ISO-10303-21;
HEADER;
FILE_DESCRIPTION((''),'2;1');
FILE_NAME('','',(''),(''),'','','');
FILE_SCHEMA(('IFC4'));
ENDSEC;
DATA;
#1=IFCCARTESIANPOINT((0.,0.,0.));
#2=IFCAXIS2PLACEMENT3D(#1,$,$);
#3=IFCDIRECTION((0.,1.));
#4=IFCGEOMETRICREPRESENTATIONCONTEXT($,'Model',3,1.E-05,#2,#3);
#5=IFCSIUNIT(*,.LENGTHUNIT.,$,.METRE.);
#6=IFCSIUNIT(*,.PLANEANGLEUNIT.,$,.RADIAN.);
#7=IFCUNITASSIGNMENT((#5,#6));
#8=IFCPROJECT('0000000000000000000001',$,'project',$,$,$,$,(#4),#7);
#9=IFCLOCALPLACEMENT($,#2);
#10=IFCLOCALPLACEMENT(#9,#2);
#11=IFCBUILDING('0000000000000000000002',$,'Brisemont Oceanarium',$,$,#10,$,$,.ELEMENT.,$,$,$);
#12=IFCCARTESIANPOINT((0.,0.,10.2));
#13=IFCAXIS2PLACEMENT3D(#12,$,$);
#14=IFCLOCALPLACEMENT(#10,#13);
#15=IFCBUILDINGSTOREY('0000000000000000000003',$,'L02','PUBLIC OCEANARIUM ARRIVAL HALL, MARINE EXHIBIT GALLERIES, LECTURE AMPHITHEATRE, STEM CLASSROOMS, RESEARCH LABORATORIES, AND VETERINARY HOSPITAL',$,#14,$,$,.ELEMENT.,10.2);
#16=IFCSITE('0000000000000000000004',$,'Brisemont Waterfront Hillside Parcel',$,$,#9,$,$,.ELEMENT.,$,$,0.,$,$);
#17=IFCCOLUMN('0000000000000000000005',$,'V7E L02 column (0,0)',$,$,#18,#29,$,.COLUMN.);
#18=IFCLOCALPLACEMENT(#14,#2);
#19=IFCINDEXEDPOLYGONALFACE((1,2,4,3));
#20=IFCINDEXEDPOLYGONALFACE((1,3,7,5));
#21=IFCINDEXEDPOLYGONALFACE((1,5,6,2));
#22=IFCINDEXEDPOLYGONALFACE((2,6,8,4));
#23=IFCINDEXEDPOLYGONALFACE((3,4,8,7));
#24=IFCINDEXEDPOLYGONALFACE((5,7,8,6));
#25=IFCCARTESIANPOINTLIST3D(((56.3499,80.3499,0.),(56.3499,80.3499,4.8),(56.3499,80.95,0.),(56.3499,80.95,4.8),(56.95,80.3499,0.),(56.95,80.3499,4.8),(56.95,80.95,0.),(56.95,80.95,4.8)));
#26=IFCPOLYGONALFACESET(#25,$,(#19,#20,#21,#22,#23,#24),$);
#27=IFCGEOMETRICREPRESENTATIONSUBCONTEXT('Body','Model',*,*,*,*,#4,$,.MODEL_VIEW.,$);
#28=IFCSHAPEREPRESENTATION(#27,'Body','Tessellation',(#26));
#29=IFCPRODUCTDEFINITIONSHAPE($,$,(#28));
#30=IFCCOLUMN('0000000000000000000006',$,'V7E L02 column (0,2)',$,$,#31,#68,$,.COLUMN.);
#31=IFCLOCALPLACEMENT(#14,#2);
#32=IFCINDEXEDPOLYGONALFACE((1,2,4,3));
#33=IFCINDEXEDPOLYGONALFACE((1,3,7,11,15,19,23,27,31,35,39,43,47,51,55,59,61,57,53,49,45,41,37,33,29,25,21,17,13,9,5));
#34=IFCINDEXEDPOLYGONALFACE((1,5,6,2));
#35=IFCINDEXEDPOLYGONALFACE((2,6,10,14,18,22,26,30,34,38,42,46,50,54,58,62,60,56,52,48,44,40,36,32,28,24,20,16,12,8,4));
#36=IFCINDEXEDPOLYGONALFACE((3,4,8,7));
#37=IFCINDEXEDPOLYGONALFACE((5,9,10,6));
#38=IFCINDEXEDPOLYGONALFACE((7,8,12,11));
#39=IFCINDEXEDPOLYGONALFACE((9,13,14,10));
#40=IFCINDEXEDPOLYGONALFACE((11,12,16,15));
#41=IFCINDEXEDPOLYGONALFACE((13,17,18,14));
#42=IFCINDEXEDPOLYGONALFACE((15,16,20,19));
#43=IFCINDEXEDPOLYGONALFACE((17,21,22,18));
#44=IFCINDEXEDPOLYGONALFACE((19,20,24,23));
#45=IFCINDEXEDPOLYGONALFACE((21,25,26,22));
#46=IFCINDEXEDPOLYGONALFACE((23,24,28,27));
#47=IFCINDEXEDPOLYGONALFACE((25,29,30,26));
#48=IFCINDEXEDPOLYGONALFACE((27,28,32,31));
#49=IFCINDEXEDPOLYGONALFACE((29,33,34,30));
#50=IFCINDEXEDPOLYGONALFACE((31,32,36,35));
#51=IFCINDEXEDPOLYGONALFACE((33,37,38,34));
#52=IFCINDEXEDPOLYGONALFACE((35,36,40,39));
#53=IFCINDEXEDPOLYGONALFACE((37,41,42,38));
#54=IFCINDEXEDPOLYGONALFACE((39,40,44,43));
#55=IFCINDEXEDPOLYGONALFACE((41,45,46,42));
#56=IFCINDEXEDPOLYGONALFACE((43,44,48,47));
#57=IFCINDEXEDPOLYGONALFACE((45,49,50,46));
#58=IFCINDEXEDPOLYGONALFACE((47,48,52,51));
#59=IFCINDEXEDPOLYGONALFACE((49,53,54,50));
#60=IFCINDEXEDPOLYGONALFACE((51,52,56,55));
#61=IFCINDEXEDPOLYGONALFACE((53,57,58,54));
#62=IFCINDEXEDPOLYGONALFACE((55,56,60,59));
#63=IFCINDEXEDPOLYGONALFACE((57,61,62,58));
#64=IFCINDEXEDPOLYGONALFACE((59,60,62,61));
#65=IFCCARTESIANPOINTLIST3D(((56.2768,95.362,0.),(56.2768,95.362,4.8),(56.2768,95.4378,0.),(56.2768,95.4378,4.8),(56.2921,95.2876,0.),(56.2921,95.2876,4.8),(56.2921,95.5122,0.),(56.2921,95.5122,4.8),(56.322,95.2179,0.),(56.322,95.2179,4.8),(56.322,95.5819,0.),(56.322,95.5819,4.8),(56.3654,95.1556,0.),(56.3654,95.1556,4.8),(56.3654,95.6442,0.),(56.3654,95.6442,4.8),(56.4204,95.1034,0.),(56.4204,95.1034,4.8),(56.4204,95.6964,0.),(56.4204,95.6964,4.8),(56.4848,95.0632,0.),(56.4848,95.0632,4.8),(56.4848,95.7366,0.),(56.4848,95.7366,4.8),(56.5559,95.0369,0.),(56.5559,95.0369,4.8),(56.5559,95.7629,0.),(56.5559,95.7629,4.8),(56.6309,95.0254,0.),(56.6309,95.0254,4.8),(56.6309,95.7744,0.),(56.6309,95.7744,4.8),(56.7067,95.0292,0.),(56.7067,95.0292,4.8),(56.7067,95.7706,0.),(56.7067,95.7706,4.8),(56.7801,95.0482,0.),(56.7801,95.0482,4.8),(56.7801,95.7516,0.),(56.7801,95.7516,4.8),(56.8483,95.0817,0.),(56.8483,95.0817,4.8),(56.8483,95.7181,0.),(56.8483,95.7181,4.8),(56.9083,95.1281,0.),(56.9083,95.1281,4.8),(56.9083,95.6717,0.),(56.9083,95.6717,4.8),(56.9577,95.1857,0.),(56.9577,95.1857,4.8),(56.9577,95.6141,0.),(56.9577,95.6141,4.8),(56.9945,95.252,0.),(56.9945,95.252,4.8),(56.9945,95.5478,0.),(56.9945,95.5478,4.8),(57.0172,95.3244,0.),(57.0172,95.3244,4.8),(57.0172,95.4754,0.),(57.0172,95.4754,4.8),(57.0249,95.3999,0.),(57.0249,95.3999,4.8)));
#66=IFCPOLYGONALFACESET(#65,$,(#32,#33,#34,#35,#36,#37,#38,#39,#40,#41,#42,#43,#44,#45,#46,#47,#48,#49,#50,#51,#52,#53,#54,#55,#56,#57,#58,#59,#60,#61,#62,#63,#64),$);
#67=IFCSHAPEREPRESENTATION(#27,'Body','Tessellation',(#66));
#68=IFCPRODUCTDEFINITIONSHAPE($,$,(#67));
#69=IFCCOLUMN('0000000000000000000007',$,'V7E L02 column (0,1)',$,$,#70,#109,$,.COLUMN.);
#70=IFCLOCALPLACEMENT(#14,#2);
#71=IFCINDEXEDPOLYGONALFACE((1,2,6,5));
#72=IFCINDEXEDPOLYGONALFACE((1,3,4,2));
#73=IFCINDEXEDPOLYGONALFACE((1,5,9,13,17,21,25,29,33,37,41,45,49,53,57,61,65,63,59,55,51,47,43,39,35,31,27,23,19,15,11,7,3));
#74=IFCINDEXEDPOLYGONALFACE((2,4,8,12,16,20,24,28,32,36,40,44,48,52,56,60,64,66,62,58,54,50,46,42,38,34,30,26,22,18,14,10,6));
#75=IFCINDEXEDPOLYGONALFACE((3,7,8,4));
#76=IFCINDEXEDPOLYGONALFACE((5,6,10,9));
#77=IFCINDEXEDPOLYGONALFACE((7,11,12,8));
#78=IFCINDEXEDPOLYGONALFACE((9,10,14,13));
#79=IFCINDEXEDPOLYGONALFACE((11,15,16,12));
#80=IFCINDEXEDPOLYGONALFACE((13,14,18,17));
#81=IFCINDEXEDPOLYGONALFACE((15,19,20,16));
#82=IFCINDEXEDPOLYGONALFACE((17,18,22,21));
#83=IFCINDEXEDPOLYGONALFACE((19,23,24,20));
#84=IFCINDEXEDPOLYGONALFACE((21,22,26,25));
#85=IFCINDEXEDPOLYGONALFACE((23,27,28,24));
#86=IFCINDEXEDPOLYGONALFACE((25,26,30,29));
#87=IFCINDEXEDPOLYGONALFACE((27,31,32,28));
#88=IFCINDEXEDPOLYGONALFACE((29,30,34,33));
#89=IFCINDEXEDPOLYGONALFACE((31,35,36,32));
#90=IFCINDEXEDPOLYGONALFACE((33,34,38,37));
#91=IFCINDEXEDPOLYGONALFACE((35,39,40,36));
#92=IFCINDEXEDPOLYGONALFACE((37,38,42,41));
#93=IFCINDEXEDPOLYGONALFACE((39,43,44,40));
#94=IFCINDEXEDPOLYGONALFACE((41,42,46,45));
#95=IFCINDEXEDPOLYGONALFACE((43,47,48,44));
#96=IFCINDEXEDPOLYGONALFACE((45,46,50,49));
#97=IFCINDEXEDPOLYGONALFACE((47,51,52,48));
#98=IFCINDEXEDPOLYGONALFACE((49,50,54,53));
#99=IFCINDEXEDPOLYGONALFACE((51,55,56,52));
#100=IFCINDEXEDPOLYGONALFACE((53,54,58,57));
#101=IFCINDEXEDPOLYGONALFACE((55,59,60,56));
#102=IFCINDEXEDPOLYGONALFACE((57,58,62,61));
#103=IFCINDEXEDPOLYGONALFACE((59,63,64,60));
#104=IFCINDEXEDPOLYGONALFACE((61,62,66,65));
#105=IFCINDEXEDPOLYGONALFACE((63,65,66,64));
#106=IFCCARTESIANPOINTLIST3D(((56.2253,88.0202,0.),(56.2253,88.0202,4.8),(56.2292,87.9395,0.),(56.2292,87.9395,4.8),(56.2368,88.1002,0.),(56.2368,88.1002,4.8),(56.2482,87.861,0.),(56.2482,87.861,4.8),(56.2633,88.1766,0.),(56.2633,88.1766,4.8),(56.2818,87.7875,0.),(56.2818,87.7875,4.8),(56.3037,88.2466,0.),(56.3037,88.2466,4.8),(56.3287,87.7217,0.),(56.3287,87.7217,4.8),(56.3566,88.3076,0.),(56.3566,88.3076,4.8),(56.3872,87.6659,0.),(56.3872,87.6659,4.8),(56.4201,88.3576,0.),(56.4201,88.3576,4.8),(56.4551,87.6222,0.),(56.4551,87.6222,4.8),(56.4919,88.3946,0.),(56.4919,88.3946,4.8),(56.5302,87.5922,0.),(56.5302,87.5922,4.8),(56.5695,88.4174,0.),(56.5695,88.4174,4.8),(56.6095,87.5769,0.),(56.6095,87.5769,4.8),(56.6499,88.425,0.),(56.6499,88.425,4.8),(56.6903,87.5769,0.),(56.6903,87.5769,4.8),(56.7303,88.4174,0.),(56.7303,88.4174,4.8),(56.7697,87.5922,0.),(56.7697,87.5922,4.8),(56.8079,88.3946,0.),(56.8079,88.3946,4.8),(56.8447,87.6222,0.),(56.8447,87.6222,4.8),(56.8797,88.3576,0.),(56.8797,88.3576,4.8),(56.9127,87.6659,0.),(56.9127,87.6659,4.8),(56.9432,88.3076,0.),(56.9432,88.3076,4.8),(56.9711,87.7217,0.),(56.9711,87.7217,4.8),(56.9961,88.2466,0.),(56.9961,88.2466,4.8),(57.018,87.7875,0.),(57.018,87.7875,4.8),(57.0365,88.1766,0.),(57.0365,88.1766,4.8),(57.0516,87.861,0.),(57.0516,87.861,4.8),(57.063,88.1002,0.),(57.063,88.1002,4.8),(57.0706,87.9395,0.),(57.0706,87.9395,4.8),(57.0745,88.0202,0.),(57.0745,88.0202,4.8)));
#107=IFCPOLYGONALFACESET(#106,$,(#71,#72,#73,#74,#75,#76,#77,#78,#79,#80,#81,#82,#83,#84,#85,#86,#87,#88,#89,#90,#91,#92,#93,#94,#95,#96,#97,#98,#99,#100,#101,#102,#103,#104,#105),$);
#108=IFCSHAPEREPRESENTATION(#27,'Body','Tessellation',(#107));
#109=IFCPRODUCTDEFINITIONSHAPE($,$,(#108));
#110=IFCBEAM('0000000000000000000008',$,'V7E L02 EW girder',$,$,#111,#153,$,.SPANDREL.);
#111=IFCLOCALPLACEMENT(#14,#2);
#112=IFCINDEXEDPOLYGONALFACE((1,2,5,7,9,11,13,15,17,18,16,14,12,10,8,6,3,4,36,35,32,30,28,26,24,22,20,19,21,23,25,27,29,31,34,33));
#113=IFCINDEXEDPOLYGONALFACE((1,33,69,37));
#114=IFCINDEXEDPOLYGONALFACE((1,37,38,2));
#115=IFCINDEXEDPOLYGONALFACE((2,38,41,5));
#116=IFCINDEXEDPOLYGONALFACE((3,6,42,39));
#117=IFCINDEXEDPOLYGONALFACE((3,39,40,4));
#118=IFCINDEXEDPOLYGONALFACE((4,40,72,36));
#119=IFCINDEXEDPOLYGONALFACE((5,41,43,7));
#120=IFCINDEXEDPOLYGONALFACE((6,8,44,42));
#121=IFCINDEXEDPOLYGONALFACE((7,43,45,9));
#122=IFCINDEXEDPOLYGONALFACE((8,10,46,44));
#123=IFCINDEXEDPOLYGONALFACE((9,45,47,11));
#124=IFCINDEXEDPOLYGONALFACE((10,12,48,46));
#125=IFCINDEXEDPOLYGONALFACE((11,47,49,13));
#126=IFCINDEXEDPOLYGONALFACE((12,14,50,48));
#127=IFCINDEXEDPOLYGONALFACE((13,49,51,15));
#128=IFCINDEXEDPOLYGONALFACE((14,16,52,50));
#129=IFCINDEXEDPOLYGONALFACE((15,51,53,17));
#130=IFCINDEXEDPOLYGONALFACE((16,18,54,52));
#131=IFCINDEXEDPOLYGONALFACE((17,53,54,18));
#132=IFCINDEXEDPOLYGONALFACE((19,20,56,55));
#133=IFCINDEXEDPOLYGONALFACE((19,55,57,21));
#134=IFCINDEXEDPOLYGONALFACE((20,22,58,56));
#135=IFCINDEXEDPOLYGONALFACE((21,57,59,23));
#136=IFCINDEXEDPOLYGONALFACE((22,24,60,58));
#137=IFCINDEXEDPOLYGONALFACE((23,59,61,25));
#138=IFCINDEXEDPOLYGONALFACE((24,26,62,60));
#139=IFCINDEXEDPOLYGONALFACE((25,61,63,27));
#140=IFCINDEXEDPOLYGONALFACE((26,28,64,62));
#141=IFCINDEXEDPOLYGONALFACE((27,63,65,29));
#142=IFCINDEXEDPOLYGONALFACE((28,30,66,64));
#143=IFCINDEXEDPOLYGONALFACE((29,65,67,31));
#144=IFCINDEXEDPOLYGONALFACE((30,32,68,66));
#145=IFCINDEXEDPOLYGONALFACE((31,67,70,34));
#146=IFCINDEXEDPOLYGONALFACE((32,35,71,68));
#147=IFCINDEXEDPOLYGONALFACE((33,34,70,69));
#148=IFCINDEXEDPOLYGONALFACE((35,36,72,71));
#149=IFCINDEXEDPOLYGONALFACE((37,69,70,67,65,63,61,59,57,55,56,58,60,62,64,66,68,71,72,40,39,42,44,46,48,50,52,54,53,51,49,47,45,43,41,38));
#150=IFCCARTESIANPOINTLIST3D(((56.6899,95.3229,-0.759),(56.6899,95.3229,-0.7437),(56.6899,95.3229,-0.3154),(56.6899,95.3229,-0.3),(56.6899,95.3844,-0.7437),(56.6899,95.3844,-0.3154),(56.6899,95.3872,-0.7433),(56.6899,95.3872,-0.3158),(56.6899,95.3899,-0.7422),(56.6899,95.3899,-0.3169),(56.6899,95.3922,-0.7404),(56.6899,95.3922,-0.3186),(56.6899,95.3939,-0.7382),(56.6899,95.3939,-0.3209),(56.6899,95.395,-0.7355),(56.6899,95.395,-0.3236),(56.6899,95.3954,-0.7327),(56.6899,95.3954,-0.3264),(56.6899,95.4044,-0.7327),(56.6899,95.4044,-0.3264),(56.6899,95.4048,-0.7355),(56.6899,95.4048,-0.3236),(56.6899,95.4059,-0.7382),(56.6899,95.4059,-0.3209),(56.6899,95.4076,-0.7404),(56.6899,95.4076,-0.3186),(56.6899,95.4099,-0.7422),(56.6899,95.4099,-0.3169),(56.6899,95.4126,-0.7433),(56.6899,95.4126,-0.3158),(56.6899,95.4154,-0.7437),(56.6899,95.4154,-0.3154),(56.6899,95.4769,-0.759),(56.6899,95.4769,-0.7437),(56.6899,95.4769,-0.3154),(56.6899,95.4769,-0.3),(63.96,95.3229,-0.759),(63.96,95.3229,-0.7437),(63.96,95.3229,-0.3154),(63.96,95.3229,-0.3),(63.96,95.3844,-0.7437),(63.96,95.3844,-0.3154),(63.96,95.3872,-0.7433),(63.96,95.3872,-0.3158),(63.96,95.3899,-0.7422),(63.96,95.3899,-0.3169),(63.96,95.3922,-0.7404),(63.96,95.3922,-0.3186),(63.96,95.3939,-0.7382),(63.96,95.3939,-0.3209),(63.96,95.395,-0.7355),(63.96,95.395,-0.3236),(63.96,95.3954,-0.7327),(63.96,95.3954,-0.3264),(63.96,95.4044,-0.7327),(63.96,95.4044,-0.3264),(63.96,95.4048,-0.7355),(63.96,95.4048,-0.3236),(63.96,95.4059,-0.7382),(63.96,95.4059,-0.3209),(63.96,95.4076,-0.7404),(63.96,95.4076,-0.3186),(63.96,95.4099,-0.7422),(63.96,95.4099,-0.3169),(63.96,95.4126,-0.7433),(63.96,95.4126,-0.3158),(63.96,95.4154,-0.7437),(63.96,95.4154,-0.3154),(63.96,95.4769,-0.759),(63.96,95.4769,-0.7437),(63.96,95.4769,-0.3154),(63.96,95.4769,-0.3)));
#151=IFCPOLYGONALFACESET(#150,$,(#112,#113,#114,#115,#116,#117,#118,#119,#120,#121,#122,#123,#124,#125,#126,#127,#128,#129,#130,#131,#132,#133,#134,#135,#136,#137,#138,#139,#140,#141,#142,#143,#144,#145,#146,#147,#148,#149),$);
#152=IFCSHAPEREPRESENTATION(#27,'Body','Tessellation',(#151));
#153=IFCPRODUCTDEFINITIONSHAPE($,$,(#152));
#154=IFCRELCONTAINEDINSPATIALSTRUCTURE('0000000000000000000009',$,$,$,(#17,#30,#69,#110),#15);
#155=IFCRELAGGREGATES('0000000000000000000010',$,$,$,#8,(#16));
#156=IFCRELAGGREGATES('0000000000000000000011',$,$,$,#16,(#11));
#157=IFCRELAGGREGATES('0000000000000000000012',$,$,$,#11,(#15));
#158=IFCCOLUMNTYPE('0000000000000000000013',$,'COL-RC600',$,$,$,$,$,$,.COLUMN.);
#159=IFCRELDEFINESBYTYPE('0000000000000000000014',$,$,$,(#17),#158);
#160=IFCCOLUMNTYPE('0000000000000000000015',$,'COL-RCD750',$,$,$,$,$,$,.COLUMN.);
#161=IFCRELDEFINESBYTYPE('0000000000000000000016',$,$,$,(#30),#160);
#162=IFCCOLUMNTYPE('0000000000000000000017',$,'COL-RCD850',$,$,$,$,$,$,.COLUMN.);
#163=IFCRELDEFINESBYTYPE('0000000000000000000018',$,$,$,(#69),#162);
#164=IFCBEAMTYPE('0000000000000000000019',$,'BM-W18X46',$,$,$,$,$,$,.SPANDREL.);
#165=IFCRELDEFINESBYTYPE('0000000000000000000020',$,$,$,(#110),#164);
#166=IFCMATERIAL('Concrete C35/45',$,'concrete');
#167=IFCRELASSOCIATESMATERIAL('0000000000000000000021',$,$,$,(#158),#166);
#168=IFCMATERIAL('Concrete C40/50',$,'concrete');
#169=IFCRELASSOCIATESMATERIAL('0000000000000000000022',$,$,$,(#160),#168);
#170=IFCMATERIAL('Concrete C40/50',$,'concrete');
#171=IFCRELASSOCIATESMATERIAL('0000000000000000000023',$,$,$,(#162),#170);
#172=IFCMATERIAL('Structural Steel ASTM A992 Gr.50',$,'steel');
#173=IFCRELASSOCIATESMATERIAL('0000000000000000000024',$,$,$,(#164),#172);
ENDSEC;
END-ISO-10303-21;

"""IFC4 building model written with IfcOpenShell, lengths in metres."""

from ifc_helpers import new_model, si_unit, direction, frame, origin, origin_2d, place, context, subcontext, project, spatial, rectangle, circle, i_section, extrude, material, material_profile, profile_set, type_object, element, save


model = new_model("IFC4")

# Units and contexts
model_context = context("Model", 3, precision=1e-05, world=origin(), true_north=direction((0.0, 1.0)))
body_context = subcontext(model_context, "Body", "Model", "MODEL_VIEW")
ifc_project = project(units=[si_unit("LENGTHUNIT", "METRE"), si_unit("PLANEANGLEUNIT", "RADIAN")], contexts=[model_context])

# Site, building, storey
site_placement = place(None, origin())
site = spatial("IfcSite", under=ifc_project, at=site_placement, Name="Brisemont Waterfront Hillside Parcel", CompositionType="ELEMENT", RefElevation=0.0)
building_placement = place(site_placement, origin())
building = spatial("IfcBuilding", under=site, at=building_placement, Name="Brisemont Oceanarium", CompositionType="ELEMENT")
storey_placement = place(building_placement, frame((0.0, 0.0, 10.2)))
storey = spatial("IfcBuildingStorey", under=building, at=storey_placement, Name="L02", Description="PUBLIC OCEANARIUM ARRIVAL HALL, MARINE EXHIBIT GALLERIES, LECTURE AMPHITHEATRE, STEM CLASSROOMS, RESEARCH LABORATORIES, AND VETERINARY HOSPITAL", CompositionType="ELEMENT", Elevation=10.2)

# Columns
ifc_material_1 = material(Name="Concrete C35/45", Category="concrete")
ifc_material_profile_1 = material_profile(ifc_material_1, rectangle(XDim=0.6001, YDim=0.6001, at=origin_2d()), Name="RC-COL-600X600")
ifc_profile_set_1 = profile_set([ifc_material_profile_1], Name="Concrete C35/45")
column_type_1 = type_object("IfcColumnType", Name="COL-RC600", PredefinedType="COLUMN", material=ifc_profile_set_1)
column_1_placement = place(storey_placement, frame((56.6499, 80.6499, 0.0), z_axis=(0.0, 0.0, 1.0), x_axis=(1.0, 0.0, 0.0)))
element("IfcColumn", 1, at=column_1_placement, inside=storey, type_object=column_type_1, Name="V7E L02 column (0,0)", PredefinedType="COLUMN", context=body_context, shape_type="SweptSolid", body=[
    extrude(rectangle(XDim=0.6001, YDim=0.6001, at=origin_2d()), origin(), (0.0, 0.0, 1.0), 4.8),
])
ifc_material_2 = material(Name="Concrete C40/50", Category="concrete")
ifc_material_profile_2 = material_profile(ifc_material_2, circle(Radius=0.375, at=origin_2d()), Name="RC-COL-D750")
ifc_profile_set_2 = profile_set([ifc_material_profile_2], Name="Concrete C40/50")
column_type_2 = type_object("IfcColumnType", Name="COL-RCD750", PredefinedType="COLUMN", material=ifc_profile_set_2)
column_2_placement = place(storey_placement, frame((56.6499, 95.3999, 0.0), z_axis=(0.0, 0.0, 1.0), x_axis=(1.0, 0.0, 0.0)))
element("IfcColumn", 2, at=column_2_placement, inside=storey, type_object=column_type_2, Name="V7E L02 column (0,2)", PredefinedType="COLUMN", context=body_context, shape_type="SweptSolid", body=[
    extrude(circle(Radius=0.375, at=origin_2d()), origin(), (0.0, 0.0, 1.0), 4.8),
])
ifc_material_3 = material(Name="Concrete C40/50", Category="concrete")
ifc_material_profile_3 = material_profile(ifc_material_3, circle(Radius=0.425, at=origin_2d()), Name="RC-COL-D850")
ifc_profile_set_3 = profile_set([ifc_material_profile_3], Name="Concrete C40/50")
column_type_3 = type_object("IfcColumnType", Name="COL-RCD850", PredefinedType="COLUMN", material=ifc_profile_set_3)
column_3_placement = place(storey_placement, frame((56.6499, 88.0, 0.0), z_axis=(0.0, 0.0, 1.0), x_axis=(0.0, 1.0, 0.0)))
element("IfcColumn", 3, at=column_3_placement, inside=storey, type_object=column_type_3, Name="V7E L02 column (0,1)", PredefinedType="COLUMN", context=body_context, shape_type="SweptSolid", body=[
    extrude(circle(Radius=0.425, at=origin_2d()), origin(), (0.0, 0.0, 1.0), 4.8),
])

# Beam
ifc_material_4 = material(Name="Structural Steel ASTM A992 Gr.50", Category="steel")
ifc_material_profile_4 = material_profile(ifc_material_4, i_section(OverallWidth=0.1541, OverallDepth=0.459, WebThickness=0.009, FlangeThickness=0.0154, FilletRadius=0.011, at=origin_2d()), Name="W18X46")
ifc_profile_set_4 = profile_set([ifc_material_profile_4], Name="Structural Steel ASTM A992 Gr.50")
beam_type_1 = type_object("IfcBeamType", Name="BM-W18X46", PredefinedType="SPANDREL", material=ifc_profile_set_4)
beam_1_placement = place(storey_placement, frame((56.6899, 95.3999, -0.5295), z_axis=(1.0, 0.0, 0.0), x_axis=(0.0, 1.0, 0.0)))
element("IfcBeam", 4, at=beam_1_placement, inside=storey, type_object=beam_type_1, Name="V7E L02 EW girder", PredefinedType="SPANDREL", context=body_context, shape_type="SweptSolid", body=[
    extrude(i_section(OverallWidth=0.1541, OverallDepth=0.459, WebThickness=0.009, FlangeThickness=0.0154, FilletRadius=0.011, at=origin_2d()), origin(), (0.0, 0.0, 1.0), 7.27),
])

save(model, "model.ifc")
